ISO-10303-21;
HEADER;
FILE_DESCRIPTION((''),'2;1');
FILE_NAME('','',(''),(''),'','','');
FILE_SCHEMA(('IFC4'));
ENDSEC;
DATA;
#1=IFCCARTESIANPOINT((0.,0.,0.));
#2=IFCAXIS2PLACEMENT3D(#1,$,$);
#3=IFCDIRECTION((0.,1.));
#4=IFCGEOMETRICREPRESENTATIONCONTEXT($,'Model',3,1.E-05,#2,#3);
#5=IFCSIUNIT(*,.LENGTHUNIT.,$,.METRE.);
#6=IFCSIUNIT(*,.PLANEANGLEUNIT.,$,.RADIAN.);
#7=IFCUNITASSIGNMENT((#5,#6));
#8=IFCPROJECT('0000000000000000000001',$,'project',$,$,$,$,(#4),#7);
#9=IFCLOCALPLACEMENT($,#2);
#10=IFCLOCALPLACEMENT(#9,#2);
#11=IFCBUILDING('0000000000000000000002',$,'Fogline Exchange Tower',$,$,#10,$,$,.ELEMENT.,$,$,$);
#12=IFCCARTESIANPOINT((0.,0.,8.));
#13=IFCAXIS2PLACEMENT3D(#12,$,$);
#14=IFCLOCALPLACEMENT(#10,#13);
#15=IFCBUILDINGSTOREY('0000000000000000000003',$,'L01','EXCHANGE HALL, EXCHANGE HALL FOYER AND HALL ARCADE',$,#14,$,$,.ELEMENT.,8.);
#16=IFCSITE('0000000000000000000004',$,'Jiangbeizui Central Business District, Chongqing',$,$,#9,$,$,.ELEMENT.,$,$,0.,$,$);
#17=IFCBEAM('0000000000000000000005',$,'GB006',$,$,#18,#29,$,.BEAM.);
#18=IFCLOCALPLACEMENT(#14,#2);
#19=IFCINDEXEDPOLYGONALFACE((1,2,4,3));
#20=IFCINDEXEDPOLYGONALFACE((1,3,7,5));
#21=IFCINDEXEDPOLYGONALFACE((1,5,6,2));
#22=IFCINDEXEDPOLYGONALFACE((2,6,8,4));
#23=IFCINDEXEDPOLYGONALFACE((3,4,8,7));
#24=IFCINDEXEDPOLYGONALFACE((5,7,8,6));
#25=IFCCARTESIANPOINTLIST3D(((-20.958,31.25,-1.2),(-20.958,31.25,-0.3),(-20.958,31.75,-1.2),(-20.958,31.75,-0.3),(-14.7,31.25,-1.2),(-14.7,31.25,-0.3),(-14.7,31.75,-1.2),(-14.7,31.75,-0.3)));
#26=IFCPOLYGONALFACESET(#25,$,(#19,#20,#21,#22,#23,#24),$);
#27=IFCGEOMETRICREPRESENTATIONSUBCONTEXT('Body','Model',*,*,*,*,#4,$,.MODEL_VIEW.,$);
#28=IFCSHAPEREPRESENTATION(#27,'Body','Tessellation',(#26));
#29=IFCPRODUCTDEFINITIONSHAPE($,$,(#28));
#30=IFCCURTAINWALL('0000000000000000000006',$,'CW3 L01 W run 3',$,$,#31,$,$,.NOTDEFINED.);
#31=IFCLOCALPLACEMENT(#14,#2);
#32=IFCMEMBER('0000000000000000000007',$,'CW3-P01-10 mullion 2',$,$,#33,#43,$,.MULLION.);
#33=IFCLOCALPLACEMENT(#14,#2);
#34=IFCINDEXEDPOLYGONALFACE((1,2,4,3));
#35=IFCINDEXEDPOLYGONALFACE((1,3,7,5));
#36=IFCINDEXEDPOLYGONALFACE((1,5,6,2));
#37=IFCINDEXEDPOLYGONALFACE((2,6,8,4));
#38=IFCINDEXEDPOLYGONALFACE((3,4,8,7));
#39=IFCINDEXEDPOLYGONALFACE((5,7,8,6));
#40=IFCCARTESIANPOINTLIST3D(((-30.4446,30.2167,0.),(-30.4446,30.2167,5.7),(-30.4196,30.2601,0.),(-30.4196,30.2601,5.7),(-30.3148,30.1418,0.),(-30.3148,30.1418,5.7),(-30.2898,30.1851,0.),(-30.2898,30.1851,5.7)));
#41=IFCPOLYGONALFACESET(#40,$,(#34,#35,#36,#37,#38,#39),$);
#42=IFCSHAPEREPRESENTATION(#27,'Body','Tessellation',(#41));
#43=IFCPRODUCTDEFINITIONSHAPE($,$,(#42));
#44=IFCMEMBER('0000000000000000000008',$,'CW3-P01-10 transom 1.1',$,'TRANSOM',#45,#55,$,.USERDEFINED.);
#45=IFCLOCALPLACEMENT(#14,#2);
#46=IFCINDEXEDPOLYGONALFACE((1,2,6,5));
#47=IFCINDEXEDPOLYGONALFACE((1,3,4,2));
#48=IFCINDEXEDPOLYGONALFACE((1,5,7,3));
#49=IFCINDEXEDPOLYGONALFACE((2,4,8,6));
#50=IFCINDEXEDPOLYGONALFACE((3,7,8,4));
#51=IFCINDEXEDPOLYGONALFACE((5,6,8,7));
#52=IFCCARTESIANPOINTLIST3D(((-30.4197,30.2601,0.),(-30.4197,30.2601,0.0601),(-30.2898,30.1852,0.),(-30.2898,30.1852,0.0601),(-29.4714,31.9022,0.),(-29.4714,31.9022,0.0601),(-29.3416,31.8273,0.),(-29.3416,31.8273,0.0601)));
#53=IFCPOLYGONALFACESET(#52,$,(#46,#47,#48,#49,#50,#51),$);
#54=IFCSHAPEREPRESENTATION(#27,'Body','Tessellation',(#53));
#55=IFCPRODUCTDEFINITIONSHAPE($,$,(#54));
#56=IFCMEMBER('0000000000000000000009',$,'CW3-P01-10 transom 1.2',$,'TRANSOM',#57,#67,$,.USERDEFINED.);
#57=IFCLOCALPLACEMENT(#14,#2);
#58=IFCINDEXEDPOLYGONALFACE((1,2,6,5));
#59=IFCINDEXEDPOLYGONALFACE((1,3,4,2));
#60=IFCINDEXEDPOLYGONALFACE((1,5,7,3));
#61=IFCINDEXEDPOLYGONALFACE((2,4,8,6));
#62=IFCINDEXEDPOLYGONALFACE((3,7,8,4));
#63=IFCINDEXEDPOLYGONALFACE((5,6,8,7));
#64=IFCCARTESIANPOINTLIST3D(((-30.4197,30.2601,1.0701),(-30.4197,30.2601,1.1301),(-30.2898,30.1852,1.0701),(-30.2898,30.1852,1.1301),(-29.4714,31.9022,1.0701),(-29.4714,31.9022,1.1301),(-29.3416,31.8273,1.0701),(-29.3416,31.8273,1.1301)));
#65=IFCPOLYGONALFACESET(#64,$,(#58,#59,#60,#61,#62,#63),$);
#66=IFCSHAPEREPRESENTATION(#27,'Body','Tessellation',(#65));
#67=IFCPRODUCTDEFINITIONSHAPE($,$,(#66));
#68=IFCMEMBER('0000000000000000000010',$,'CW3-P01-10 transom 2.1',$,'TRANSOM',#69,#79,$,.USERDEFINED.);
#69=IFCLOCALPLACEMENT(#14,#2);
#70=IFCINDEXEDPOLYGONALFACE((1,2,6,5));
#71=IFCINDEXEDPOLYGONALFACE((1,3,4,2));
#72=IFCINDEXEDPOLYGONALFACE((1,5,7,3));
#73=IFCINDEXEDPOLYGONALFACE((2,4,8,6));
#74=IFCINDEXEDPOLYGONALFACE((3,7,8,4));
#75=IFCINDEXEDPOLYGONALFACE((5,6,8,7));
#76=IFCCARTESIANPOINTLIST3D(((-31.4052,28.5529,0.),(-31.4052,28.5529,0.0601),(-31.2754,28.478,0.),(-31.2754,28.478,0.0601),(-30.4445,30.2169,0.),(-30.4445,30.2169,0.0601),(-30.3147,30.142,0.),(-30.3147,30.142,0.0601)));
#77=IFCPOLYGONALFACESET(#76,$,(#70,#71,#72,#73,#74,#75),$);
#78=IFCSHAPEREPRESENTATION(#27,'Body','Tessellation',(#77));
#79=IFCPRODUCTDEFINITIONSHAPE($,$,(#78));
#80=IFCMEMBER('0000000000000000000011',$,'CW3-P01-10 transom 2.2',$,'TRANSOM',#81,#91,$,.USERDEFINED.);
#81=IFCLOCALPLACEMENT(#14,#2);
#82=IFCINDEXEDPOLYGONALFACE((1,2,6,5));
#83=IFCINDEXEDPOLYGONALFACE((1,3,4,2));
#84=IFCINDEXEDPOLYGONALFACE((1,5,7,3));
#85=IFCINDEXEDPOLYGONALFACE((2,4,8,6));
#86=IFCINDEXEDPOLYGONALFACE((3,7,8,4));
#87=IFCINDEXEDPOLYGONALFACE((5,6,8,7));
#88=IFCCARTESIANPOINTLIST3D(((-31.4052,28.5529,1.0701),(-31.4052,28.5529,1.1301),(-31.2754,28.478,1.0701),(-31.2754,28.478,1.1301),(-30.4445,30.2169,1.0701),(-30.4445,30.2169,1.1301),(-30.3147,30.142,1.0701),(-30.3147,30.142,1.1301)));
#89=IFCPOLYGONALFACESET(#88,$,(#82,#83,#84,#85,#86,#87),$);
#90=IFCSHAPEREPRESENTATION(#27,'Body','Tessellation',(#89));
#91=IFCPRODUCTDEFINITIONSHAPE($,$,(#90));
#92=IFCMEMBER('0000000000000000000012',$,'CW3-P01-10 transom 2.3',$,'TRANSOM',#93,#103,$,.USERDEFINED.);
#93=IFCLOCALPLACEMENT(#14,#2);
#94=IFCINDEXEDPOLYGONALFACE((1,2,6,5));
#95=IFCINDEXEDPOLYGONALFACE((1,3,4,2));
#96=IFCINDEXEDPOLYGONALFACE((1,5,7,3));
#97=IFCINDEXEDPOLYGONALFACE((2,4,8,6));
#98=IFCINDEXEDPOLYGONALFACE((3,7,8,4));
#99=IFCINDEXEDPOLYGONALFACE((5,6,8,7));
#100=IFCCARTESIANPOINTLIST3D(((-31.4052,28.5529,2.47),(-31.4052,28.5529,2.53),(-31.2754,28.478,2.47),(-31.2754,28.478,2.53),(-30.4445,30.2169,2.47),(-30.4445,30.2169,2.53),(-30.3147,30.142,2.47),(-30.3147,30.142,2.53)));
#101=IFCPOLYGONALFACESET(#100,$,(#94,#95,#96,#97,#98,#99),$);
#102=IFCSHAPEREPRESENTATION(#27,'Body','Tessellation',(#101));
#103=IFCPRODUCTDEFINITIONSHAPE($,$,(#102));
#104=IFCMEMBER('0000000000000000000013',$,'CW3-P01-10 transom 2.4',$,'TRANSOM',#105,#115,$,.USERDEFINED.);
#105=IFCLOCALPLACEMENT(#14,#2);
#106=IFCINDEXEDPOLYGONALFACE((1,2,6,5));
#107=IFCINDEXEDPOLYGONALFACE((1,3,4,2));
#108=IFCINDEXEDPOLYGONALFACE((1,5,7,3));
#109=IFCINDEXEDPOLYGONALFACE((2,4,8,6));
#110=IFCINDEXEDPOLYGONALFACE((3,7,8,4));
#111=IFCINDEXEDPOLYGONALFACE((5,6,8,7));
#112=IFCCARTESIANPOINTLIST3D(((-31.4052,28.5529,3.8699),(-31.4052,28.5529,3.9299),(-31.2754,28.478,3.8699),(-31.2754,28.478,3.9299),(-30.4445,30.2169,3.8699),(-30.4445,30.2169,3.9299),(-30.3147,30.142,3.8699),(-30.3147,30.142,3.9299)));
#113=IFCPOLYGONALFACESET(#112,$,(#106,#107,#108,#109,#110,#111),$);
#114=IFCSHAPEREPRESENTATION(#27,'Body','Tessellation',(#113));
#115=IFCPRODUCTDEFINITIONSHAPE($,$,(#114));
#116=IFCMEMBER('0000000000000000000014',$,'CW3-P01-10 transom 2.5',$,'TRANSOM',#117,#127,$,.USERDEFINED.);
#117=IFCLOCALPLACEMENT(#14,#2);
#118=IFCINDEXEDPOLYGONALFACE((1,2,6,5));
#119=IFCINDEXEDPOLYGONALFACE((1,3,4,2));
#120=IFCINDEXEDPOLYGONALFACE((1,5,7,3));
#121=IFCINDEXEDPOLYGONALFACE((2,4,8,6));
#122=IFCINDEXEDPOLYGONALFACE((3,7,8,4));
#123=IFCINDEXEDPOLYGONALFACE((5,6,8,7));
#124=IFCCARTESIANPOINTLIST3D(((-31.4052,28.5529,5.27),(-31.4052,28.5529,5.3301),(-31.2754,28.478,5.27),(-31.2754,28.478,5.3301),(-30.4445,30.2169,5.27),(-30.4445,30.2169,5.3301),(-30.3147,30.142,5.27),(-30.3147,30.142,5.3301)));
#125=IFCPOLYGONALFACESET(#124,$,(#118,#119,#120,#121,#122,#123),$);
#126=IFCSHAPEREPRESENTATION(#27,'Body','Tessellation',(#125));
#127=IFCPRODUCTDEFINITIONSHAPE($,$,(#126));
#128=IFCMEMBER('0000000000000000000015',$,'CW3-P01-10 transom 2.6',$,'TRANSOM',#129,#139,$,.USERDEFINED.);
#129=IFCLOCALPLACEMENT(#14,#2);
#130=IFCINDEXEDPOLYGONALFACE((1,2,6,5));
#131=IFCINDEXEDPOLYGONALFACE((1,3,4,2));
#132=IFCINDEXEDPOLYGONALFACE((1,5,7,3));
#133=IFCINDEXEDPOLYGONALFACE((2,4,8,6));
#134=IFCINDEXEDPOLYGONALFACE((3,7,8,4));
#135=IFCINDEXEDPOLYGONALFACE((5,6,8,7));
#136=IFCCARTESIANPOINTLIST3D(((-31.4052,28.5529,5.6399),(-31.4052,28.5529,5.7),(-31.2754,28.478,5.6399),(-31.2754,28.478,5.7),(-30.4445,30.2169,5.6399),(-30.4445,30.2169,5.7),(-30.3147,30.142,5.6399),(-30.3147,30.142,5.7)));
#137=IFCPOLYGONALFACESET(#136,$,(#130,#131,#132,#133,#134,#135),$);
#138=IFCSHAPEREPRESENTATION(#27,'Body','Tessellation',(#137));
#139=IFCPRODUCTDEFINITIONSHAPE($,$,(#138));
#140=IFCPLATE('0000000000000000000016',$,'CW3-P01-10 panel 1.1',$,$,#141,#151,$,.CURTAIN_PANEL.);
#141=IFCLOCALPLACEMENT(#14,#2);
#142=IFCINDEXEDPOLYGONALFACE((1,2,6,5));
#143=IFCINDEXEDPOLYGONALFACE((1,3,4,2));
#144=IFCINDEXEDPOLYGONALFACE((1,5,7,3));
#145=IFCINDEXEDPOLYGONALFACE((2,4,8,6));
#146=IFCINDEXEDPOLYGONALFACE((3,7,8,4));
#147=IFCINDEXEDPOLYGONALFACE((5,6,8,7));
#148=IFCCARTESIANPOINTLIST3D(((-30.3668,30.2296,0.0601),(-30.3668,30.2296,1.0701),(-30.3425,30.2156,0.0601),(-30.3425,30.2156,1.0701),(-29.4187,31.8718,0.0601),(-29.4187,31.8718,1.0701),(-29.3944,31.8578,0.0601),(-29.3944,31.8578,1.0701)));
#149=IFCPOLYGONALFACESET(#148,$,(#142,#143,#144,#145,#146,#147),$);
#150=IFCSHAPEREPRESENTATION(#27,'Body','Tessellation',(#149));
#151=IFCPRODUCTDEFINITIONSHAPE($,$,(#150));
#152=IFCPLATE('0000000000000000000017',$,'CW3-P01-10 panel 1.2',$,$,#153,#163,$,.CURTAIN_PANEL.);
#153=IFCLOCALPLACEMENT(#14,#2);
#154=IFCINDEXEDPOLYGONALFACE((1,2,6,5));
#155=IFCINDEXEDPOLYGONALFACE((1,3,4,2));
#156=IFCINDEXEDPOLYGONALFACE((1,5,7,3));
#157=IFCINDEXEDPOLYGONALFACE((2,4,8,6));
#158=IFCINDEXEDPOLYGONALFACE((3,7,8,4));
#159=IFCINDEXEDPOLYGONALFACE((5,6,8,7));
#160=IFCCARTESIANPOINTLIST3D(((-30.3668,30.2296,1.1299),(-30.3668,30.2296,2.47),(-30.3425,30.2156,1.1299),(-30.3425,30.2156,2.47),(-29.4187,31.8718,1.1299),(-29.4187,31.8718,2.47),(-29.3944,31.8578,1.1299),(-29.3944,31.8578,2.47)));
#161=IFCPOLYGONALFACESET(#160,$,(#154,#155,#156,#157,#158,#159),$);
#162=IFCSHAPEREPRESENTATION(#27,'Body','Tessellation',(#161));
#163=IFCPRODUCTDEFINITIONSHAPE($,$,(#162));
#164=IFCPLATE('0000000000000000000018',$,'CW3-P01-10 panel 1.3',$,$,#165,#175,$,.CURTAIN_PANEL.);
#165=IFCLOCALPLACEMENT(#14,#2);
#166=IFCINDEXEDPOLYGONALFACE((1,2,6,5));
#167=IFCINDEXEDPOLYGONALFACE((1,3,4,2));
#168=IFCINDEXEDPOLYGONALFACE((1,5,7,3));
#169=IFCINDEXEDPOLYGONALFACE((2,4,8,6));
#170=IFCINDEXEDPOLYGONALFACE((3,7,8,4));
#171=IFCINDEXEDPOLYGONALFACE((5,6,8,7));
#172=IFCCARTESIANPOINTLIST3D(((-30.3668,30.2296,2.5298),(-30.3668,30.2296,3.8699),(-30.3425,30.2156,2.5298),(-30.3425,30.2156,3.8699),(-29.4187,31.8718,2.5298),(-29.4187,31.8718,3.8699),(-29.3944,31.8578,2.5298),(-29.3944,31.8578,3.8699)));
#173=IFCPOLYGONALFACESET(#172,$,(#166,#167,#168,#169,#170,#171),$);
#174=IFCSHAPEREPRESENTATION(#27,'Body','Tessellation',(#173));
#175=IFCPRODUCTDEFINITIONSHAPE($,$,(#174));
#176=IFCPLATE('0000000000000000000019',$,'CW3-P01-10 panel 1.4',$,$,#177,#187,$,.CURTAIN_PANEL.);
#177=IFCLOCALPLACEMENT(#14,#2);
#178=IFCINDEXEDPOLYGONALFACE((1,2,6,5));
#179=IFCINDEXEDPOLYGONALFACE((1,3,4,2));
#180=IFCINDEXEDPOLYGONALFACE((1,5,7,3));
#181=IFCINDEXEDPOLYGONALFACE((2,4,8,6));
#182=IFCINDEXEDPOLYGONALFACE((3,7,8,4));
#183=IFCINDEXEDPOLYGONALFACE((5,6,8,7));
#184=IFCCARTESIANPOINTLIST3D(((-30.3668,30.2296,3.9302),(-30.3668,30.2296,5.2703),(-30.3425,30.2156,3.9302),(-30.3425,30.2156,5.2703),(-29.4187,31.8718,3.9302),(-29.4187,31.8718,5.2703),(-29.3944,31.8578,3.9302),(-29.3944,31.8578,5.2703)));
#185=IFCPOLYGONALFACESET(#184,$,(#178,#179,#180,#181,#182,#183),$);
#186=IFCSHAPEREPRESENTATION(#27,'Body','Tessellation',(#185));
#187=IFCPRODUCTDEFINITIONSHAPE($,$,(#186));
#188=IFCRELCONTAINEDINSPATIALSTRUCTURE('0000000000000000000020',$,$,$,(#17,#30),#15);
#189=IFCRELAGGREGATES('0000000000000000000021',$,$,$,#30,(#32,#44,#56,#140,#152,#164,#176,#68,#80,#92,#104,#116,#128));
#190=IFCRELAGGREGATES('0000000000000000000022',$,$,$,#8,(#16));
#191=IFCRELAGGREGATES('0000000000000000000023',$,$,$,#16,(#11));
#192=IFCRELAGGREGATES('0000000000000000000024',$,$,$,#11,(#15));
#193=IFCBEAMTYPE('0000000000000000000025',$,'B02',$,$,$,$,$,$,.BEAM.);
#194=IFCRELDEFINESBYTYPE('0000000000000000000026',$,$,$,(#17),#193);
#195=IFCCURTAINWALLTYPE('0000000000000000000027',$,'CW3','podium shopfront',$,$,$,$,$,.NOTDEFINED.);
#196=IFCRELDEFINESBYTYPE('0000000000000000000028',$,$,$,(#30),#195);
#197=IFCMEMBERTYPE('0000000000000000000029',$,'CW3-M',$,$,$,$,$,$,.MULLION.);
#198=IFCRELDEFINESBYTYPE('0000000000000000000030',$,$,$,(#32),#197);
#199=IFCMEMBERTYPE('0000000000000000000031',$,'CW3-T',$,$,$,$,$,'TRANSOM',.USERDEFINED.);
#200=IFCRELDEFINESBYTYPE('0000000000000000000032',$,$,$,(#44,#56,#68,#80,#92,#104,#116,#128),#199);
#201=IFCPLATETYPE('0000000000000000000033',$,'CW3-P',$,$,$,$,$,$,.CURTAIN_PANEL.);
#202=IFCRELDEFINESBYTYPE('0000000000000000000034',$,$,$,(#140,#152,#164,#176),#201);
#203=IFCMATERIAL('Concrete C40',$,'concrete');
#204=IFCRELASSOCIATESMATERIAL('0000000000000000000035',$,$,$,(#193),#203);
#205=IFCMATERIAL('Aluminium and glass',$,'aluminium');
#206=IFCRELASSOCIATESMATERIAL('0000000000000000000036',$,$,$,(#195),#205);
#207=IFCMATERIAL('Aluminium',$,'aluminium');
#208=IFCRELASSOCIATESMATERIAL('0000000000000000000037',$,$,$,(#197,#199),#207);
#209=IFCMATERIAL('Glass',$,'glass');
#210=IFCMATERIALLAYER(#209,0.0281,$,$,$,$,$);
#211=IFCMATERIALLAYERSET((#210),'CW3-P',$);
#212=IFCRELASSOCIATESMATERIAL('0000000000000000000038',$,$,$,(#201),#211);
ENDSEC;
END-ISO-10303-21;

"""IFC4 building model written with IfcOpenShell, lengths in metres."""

from ifc_helpers import new_model, si_unit, direction, frame, origin, origin_2d, place, context, subcontext, project, spatial, rectangle, extrude, material, layer, layer_set, material_profile, profile_set, type_object, element, aggregate, save


model = new_model("IFC4")

# Units and contexts
model_context = context("Model", 3, precision=1e-05, world=origin(), true_north=direction((0.0, 1.0)))
body_context = subcontext(model_context, "Body", "Model", "MODEL_VIEW")
ifc_project = project(units=[si_unit("LENGTHUNIT", "METRE"), si_unit("PLANEANGLEUNIT", "RADIAN")], contexts=[model_context])

# Site, building, storey
site_placement = place(None, origin())
site = spatial("IfcSite", under=ifc_project, at=site_placement, Name="Jiangbeizui Central Business District, Chongqing", CompositionType="ELEMENT", RefElevation=0.0)
building_placement = place(site_placement, origin())
building = spatial("IfcBuilding", under=site, at=building_placement, Name="Fogline Exchange Tower", CompositionType="ELEMENT")
storey_placement = place(building_placement, frame((0.0, 0.0, 8.0)))
storey = spatial("IfcBuildingStorey", under=building, at=storey_placement, Name="L01", Description="EXCHANGE HALL, EXCHANGE HALL FOYER AND HALL ARCADE", CompositionType="ELEMENT", Elevation=8.0)

# Beam
ifc_material_1 = material(Name="Concrete C40", Category="concrete")
ifc_material_profile_1 = material_profile(ifc_material_1, rectangle(XDim=0.5, YDim=0.8999, at=origin_2d()), Name="RC 500x900")
ifc_profile_set_1 = profile_set([ifc_material_profile_1], Name="Concrete C40")
beam_type = type_object("IfcBeamType", Name="B02", PredefinedType="BEAM", material=ifc_profile_set_1)
beam_placement = place(storey_placement, frame((-20.958, 31.5, -0.75), z_axis=(1.0, 0.0, 0.0), x_axis=(0.0, 1.0, 0.0)))
element("IfcBeam", 1, at=beam_placement, inside=storey, type_object=beam_type, Name="GB006", PredefinedType="BEAM", context=body_context, shape_type="SweptSolid", body=[
    extrude(rectangle(XDim=0.5, YDim=0.8999, at=origin_2d()), origin(), (0.0, 0.0, 1.0), 6.2581),
])

# Curtain wall, members, plates
ifc_material_2 = material(Name="Aluminium and glass", Category="aluminium")
curtain_wall_type = type_object("IfcCurtainWallType", Name="CW3", Description="podium shopfront", PredefinedType="NOTDEFINED", material=ifc_material_2)
curtain_wall_placement = place(storey_placement, origin())
curtain_wall = element("IfcCurtainWall", 2, at=curtain_wall_placement, inside=storey, type_object=curtain_wall_type, Name="CW3 L01 W run 3", PredefinedType="NOTDEFINED")
ifc_material_3 = material(Name="Aluminium", Category="aluminium")
ifc_material_profile_2 = material_profile(ifc_material_3, rectangle(XDim=0.1499, YDim=0.05, at=origin_2d()), Name="Mullion 50x150")
ifc_profile_set_2 = profile_set([ifc_material_profile_2], Name="Aluminium")
member_type_1 = type_object("IfcMemberType", Name="CW3-M", PredefinedType="MULLION", material=ifc_profile_set_2)
member_1_placement = place(storey_placement, frame((-30.3672, 30.2009, 0.0), z_axis=(0.0, 0.0, 1.0), x_axis=(0.866025, -0.5, 0.0)))
member_1 = element("IfcMember", 3, at=member_1_placement, type_object=member_type_1, Name="CW3-P01-10 mullion 2", PredefinedType="MULLION", context=body_context, shape_type="SweptSolid", body=[
    extrude(rectangle(XDim=0.1499, YDim=0.05, at=origin_2d()), origin(), (0.0, 0.0, 1.0), 5.7),
])
ifc_material_profile_3 = material_profile(ifc_material_3, rectangle(XDim=0.1499, YDim=0.0601, at=origin_2d()), Name="Transom 60x150")
ifc_profile_set_3 = profile_set([ifc_material_profile_3], Name="Aluminium")
member_type_2 = type_object("IfcMemberType", Name="CW3-T", ElementType="TRANSOM", PredefinedType="USERDEFINED", material=ifc_profile_set_3)
member_2_placement = place(storey_placement, frame((-29.4065, 31.8647, 0.03), z_axis=(-0.500072, -0.865984, 0.0), x_axis=(0.865984, -0.500072, 0.0)))
member_2 = element("IfcMember", 4, at=member_2_placement, type_object=member_type_2, Name="CW3-P01-10 transom 1.1", ObjectType="TRANSOM", PredefinedType="USERDEFINED", context=body_context, shape_type="SweptSolid", body=[
    extrude(rectangle(XDim=0.1499, YDim=0.0601, at=origin_2d()), origin(), (0.0, 0.0, 1.0), 1.8962),
])
member_3_placement = place(storey_placement, frame((-29.4065, 31.8647, 1.1001), z_axis=(-0.500072, -0.865984, 0.0), x_axis=(0.865984, -0.500072, 0.0)))
member_3 = element("IfcMember", 5, at=member_3_placement, type_object=member_type_2, Name="CW3-P01-10 transom 1.2", ObjectType="TRANSOM", PredefinedType="USERDEFINED", context=body_context, shape_type="SweptSolid", body=[
    extrude(rectangle(XDim=0.1499, YDim=0.0601, at=origin_2d()), origin(), (0.0, 0.0, 1.0), 1.8962),
])
member_4_placement = place(storey_placement, frame((-30.3796, 30.1794, 0.03), z_axis=(-0.499979, -0.866037, 0.0), x_axis=(0.866037, -0.499979, 0.0)))
member_4 = element("IfcMember", 6, at=member_4_placement, type_object=member_type_2, Name="CW3-P01-10 transom 2.1", ObjectType="TRANSOM", PredefinedType="USERDEFINED", context=body_context, shape_type="SweptSolid", body=[
    extrude(rectangle(XDim=0.1499, YDim=0.0601, at=origin_2d()), origin(), (0.0, 0.0, 1.0), 1.9214),
])
member_5_placement = place(storey_placement, frame((-30.3796, 30.1794, 1.1001), z_axis=(-0.499979, -0.866037, 0.0), x_axis=(0.866037, -0.499979, 0.0)))
member_5 = element("IfcMember", 7, at=member_5_placement, type_object=member_type_2, Name="CW3-P01-10 transom 2.2", ObjectType="TRANSOM", PredefinedType="USERDEFINED", context=body_context, shape_type="SweptSolid", body=[
    extrude(rectangle(XDim=0.1499, YDim=0.0601, at=origin_2d()), origin(), (0.0, 0.0, 1.0), 1.9214),
])
member_6_placement = place(storey_placement, frame((-30.3796, 30.1794, 2.5), z_axis=(-0.499979, -0.866037, 0.0), x_axis=(0.866037, -0.499979, 0.0)))
member_6 = element("IfcMember", 8, at=member_6_placement, type_object=member_type_2, Name="CW3-P01-10 transom 2.3", ObjectType="TRANSOM", PredefinedType="USERDEFINED", context=body_context, shape_type="SweptSolid", body=[
    extrude(rectangle(XDim=0.1499, YDim=0.0601, at=origin_2d()), origin(), (0.0, 0.0, 1.0), 1.9214),
])
member_7_placement = place(storey_placement, frame((-30.3796, 30.1794, 3.8999), z_axis=(-0.499979, -0.866037, 0.0), x_axis=(0.866037, -0.499979, 0.0)))
member_7 = element("IfcMember", 9, at=member_7_placement, type_object=member_type_2, Name="CW3-P01-10 transom 2.4", ObjectType="TRANSOM", PredefinedType="USERDEFINED", context=body_context, shape_type="SweptSolid", body=[
    extrude(rectangle(XDim=0.1499, YDim=0.0601, at=origin_2d()), origin(), (0.0, 0.0, 1.0), 1.9214),
])
member_8_placement = place(storey_placement, frame((-30.3796, 30.1794, 5.3), z_axis=(-0.499979, -0.866037, 0.0), x_axis=(0.866037, -0.499979, 0.0)))
member_8 = element("IfcMember", 10, at=member_8_placement, type_object=member_type_2, Name="CW3-P01-10 transom 2.5", ObjectType="TRANSOM", PredefinedType="USERDEFINED", context=body_context, shape_type="SweptSolid", body=[
    extrude(rectangle(XDim=0.1499, YDim=0.0601, at=origin_2d()), origin(), (0.0, 0.0, 1.0), 1.9214),
])
member_9_placement = place(storey_placement, frame((-30.3796, 30.1794, 5.6699), z_axis=(-0.499979, -0.866037, 0.0), x_axis=(0.866037, -0.499979, 0.0)))
member_9 = element("IfcMember", 11, at=member_9_placement, type_object=member_type_2, Name="CW3-P01-10 transom 2.6", ObjectType="TRANSOM", PredefinedType="USERDEFINED", context=body_context, shape_type="SweptSolid", body=[
    extrude(rectangle(XDim=0.1499, YDim=0.0601, at=origin_2d()), origin(), (0.0, 0.0, 1.0), 1.9214),
])
ifc_material_4 = material(Name="Glass", Category="glass")
ifc_layer_1 = layer(ifc_material_4, 0.0281)
ifc_layer_set_1 = layer_set([ifc_layer_1], Name="CW3-P")
plate_type = type_object("IfcPlateType", Name="CW3-P", PredefinedType="CURTAIN_PANEL", material=ifc_layer_set_1)
plate_1_placement = place(storey_placement, frame((-29.8806, 31.0437, 0.0601), z_axis=(0.0, 0.0, 1.0), x_axis=(-0.5, -0.866025, 0.0)))
plate_1 = element("IfcPlate", 12, at=plate_1_placement, type_object=plate_type, Name="CW3-P01-10 panel 1.1", PredefinedType="CURTAIN_PANEL", context=body_context, shape_type="SweptSolid", body=[
    extrude(rectangle(XDim=1.8962, YDim=0.0281, at=origin_2d()), origin(), (0.0, 0.0, 1.0), 1.01),
])
plate_2_placement = place(storey_placement, frame((-29.8806, 31.0437, 1.1299), z_axis=(0.0, 0.0, 1.0), x_axis=(-0.5, -0.866025, 0.0)))
plate_2 = element("IfcPlate", 13, at=plate_2_placement, type_object=plate_type, Name="CW3-P01-10 panel 1.2", PredefinedType="CURTAIN_PANEL", context=body_context, shape_type="SweptSolid", body=[
    extrude(rectangle(XDim=1.8962, YDim=0.0281, at=origin_2d()), origin(), (0.0, 0.0, 1.0), 1.3401),
])
plate_3_placement = place(storey_placement, frame((-29.8806, 31.0437, 2.5298), z_axis=(0.0, 0.0, 1.0), x_axis=(-0.5, -0.866025, 0.0)))
plate_3 = element("IfcPlate", 14, at=plate_3_placement, type_object=plate_type, Name="CW3-P01-10 panel 1.3", PredefinedType="CURTAIN_PANEL", context=body_context, shape_type="SweptSolid", body=[
    extrude(rectangle(XDim=1.8962, YDim=0.0281, at=origin_2d()), origin(), (0.0, 0.0, 1.0), 1.3401),
])
plate_4_placement = place(storey_placement, frame((-29.8806, 31.0437, 3.9302), z_axis=(0.0, 0.0, 1.0), x_axis=(-0.5, -0.866025, 0.0)))
plate_4 = element("IfcPlate", 15, at=plate_4_placement, type_object=plate_type, Name="CW3-P01-10 panel 1.4", PredefinedType="CURTAIN_PANEL", context=body_context, shape_type="SweptSolid", body=[
    extrude(rectangle(XDim=1.8962, YDim=0.0281, at=origin_2d()), origin(), (0.0, 0.0, 1.0), 1.3401),
])
aggregate(curtain_wall, [member_1, member_2, member_3, plate_1, plate_2, plate_3, plate_4, member_4, member_5, member_6, member_7, member_8, member_9])

save(model, "model.ifc")
